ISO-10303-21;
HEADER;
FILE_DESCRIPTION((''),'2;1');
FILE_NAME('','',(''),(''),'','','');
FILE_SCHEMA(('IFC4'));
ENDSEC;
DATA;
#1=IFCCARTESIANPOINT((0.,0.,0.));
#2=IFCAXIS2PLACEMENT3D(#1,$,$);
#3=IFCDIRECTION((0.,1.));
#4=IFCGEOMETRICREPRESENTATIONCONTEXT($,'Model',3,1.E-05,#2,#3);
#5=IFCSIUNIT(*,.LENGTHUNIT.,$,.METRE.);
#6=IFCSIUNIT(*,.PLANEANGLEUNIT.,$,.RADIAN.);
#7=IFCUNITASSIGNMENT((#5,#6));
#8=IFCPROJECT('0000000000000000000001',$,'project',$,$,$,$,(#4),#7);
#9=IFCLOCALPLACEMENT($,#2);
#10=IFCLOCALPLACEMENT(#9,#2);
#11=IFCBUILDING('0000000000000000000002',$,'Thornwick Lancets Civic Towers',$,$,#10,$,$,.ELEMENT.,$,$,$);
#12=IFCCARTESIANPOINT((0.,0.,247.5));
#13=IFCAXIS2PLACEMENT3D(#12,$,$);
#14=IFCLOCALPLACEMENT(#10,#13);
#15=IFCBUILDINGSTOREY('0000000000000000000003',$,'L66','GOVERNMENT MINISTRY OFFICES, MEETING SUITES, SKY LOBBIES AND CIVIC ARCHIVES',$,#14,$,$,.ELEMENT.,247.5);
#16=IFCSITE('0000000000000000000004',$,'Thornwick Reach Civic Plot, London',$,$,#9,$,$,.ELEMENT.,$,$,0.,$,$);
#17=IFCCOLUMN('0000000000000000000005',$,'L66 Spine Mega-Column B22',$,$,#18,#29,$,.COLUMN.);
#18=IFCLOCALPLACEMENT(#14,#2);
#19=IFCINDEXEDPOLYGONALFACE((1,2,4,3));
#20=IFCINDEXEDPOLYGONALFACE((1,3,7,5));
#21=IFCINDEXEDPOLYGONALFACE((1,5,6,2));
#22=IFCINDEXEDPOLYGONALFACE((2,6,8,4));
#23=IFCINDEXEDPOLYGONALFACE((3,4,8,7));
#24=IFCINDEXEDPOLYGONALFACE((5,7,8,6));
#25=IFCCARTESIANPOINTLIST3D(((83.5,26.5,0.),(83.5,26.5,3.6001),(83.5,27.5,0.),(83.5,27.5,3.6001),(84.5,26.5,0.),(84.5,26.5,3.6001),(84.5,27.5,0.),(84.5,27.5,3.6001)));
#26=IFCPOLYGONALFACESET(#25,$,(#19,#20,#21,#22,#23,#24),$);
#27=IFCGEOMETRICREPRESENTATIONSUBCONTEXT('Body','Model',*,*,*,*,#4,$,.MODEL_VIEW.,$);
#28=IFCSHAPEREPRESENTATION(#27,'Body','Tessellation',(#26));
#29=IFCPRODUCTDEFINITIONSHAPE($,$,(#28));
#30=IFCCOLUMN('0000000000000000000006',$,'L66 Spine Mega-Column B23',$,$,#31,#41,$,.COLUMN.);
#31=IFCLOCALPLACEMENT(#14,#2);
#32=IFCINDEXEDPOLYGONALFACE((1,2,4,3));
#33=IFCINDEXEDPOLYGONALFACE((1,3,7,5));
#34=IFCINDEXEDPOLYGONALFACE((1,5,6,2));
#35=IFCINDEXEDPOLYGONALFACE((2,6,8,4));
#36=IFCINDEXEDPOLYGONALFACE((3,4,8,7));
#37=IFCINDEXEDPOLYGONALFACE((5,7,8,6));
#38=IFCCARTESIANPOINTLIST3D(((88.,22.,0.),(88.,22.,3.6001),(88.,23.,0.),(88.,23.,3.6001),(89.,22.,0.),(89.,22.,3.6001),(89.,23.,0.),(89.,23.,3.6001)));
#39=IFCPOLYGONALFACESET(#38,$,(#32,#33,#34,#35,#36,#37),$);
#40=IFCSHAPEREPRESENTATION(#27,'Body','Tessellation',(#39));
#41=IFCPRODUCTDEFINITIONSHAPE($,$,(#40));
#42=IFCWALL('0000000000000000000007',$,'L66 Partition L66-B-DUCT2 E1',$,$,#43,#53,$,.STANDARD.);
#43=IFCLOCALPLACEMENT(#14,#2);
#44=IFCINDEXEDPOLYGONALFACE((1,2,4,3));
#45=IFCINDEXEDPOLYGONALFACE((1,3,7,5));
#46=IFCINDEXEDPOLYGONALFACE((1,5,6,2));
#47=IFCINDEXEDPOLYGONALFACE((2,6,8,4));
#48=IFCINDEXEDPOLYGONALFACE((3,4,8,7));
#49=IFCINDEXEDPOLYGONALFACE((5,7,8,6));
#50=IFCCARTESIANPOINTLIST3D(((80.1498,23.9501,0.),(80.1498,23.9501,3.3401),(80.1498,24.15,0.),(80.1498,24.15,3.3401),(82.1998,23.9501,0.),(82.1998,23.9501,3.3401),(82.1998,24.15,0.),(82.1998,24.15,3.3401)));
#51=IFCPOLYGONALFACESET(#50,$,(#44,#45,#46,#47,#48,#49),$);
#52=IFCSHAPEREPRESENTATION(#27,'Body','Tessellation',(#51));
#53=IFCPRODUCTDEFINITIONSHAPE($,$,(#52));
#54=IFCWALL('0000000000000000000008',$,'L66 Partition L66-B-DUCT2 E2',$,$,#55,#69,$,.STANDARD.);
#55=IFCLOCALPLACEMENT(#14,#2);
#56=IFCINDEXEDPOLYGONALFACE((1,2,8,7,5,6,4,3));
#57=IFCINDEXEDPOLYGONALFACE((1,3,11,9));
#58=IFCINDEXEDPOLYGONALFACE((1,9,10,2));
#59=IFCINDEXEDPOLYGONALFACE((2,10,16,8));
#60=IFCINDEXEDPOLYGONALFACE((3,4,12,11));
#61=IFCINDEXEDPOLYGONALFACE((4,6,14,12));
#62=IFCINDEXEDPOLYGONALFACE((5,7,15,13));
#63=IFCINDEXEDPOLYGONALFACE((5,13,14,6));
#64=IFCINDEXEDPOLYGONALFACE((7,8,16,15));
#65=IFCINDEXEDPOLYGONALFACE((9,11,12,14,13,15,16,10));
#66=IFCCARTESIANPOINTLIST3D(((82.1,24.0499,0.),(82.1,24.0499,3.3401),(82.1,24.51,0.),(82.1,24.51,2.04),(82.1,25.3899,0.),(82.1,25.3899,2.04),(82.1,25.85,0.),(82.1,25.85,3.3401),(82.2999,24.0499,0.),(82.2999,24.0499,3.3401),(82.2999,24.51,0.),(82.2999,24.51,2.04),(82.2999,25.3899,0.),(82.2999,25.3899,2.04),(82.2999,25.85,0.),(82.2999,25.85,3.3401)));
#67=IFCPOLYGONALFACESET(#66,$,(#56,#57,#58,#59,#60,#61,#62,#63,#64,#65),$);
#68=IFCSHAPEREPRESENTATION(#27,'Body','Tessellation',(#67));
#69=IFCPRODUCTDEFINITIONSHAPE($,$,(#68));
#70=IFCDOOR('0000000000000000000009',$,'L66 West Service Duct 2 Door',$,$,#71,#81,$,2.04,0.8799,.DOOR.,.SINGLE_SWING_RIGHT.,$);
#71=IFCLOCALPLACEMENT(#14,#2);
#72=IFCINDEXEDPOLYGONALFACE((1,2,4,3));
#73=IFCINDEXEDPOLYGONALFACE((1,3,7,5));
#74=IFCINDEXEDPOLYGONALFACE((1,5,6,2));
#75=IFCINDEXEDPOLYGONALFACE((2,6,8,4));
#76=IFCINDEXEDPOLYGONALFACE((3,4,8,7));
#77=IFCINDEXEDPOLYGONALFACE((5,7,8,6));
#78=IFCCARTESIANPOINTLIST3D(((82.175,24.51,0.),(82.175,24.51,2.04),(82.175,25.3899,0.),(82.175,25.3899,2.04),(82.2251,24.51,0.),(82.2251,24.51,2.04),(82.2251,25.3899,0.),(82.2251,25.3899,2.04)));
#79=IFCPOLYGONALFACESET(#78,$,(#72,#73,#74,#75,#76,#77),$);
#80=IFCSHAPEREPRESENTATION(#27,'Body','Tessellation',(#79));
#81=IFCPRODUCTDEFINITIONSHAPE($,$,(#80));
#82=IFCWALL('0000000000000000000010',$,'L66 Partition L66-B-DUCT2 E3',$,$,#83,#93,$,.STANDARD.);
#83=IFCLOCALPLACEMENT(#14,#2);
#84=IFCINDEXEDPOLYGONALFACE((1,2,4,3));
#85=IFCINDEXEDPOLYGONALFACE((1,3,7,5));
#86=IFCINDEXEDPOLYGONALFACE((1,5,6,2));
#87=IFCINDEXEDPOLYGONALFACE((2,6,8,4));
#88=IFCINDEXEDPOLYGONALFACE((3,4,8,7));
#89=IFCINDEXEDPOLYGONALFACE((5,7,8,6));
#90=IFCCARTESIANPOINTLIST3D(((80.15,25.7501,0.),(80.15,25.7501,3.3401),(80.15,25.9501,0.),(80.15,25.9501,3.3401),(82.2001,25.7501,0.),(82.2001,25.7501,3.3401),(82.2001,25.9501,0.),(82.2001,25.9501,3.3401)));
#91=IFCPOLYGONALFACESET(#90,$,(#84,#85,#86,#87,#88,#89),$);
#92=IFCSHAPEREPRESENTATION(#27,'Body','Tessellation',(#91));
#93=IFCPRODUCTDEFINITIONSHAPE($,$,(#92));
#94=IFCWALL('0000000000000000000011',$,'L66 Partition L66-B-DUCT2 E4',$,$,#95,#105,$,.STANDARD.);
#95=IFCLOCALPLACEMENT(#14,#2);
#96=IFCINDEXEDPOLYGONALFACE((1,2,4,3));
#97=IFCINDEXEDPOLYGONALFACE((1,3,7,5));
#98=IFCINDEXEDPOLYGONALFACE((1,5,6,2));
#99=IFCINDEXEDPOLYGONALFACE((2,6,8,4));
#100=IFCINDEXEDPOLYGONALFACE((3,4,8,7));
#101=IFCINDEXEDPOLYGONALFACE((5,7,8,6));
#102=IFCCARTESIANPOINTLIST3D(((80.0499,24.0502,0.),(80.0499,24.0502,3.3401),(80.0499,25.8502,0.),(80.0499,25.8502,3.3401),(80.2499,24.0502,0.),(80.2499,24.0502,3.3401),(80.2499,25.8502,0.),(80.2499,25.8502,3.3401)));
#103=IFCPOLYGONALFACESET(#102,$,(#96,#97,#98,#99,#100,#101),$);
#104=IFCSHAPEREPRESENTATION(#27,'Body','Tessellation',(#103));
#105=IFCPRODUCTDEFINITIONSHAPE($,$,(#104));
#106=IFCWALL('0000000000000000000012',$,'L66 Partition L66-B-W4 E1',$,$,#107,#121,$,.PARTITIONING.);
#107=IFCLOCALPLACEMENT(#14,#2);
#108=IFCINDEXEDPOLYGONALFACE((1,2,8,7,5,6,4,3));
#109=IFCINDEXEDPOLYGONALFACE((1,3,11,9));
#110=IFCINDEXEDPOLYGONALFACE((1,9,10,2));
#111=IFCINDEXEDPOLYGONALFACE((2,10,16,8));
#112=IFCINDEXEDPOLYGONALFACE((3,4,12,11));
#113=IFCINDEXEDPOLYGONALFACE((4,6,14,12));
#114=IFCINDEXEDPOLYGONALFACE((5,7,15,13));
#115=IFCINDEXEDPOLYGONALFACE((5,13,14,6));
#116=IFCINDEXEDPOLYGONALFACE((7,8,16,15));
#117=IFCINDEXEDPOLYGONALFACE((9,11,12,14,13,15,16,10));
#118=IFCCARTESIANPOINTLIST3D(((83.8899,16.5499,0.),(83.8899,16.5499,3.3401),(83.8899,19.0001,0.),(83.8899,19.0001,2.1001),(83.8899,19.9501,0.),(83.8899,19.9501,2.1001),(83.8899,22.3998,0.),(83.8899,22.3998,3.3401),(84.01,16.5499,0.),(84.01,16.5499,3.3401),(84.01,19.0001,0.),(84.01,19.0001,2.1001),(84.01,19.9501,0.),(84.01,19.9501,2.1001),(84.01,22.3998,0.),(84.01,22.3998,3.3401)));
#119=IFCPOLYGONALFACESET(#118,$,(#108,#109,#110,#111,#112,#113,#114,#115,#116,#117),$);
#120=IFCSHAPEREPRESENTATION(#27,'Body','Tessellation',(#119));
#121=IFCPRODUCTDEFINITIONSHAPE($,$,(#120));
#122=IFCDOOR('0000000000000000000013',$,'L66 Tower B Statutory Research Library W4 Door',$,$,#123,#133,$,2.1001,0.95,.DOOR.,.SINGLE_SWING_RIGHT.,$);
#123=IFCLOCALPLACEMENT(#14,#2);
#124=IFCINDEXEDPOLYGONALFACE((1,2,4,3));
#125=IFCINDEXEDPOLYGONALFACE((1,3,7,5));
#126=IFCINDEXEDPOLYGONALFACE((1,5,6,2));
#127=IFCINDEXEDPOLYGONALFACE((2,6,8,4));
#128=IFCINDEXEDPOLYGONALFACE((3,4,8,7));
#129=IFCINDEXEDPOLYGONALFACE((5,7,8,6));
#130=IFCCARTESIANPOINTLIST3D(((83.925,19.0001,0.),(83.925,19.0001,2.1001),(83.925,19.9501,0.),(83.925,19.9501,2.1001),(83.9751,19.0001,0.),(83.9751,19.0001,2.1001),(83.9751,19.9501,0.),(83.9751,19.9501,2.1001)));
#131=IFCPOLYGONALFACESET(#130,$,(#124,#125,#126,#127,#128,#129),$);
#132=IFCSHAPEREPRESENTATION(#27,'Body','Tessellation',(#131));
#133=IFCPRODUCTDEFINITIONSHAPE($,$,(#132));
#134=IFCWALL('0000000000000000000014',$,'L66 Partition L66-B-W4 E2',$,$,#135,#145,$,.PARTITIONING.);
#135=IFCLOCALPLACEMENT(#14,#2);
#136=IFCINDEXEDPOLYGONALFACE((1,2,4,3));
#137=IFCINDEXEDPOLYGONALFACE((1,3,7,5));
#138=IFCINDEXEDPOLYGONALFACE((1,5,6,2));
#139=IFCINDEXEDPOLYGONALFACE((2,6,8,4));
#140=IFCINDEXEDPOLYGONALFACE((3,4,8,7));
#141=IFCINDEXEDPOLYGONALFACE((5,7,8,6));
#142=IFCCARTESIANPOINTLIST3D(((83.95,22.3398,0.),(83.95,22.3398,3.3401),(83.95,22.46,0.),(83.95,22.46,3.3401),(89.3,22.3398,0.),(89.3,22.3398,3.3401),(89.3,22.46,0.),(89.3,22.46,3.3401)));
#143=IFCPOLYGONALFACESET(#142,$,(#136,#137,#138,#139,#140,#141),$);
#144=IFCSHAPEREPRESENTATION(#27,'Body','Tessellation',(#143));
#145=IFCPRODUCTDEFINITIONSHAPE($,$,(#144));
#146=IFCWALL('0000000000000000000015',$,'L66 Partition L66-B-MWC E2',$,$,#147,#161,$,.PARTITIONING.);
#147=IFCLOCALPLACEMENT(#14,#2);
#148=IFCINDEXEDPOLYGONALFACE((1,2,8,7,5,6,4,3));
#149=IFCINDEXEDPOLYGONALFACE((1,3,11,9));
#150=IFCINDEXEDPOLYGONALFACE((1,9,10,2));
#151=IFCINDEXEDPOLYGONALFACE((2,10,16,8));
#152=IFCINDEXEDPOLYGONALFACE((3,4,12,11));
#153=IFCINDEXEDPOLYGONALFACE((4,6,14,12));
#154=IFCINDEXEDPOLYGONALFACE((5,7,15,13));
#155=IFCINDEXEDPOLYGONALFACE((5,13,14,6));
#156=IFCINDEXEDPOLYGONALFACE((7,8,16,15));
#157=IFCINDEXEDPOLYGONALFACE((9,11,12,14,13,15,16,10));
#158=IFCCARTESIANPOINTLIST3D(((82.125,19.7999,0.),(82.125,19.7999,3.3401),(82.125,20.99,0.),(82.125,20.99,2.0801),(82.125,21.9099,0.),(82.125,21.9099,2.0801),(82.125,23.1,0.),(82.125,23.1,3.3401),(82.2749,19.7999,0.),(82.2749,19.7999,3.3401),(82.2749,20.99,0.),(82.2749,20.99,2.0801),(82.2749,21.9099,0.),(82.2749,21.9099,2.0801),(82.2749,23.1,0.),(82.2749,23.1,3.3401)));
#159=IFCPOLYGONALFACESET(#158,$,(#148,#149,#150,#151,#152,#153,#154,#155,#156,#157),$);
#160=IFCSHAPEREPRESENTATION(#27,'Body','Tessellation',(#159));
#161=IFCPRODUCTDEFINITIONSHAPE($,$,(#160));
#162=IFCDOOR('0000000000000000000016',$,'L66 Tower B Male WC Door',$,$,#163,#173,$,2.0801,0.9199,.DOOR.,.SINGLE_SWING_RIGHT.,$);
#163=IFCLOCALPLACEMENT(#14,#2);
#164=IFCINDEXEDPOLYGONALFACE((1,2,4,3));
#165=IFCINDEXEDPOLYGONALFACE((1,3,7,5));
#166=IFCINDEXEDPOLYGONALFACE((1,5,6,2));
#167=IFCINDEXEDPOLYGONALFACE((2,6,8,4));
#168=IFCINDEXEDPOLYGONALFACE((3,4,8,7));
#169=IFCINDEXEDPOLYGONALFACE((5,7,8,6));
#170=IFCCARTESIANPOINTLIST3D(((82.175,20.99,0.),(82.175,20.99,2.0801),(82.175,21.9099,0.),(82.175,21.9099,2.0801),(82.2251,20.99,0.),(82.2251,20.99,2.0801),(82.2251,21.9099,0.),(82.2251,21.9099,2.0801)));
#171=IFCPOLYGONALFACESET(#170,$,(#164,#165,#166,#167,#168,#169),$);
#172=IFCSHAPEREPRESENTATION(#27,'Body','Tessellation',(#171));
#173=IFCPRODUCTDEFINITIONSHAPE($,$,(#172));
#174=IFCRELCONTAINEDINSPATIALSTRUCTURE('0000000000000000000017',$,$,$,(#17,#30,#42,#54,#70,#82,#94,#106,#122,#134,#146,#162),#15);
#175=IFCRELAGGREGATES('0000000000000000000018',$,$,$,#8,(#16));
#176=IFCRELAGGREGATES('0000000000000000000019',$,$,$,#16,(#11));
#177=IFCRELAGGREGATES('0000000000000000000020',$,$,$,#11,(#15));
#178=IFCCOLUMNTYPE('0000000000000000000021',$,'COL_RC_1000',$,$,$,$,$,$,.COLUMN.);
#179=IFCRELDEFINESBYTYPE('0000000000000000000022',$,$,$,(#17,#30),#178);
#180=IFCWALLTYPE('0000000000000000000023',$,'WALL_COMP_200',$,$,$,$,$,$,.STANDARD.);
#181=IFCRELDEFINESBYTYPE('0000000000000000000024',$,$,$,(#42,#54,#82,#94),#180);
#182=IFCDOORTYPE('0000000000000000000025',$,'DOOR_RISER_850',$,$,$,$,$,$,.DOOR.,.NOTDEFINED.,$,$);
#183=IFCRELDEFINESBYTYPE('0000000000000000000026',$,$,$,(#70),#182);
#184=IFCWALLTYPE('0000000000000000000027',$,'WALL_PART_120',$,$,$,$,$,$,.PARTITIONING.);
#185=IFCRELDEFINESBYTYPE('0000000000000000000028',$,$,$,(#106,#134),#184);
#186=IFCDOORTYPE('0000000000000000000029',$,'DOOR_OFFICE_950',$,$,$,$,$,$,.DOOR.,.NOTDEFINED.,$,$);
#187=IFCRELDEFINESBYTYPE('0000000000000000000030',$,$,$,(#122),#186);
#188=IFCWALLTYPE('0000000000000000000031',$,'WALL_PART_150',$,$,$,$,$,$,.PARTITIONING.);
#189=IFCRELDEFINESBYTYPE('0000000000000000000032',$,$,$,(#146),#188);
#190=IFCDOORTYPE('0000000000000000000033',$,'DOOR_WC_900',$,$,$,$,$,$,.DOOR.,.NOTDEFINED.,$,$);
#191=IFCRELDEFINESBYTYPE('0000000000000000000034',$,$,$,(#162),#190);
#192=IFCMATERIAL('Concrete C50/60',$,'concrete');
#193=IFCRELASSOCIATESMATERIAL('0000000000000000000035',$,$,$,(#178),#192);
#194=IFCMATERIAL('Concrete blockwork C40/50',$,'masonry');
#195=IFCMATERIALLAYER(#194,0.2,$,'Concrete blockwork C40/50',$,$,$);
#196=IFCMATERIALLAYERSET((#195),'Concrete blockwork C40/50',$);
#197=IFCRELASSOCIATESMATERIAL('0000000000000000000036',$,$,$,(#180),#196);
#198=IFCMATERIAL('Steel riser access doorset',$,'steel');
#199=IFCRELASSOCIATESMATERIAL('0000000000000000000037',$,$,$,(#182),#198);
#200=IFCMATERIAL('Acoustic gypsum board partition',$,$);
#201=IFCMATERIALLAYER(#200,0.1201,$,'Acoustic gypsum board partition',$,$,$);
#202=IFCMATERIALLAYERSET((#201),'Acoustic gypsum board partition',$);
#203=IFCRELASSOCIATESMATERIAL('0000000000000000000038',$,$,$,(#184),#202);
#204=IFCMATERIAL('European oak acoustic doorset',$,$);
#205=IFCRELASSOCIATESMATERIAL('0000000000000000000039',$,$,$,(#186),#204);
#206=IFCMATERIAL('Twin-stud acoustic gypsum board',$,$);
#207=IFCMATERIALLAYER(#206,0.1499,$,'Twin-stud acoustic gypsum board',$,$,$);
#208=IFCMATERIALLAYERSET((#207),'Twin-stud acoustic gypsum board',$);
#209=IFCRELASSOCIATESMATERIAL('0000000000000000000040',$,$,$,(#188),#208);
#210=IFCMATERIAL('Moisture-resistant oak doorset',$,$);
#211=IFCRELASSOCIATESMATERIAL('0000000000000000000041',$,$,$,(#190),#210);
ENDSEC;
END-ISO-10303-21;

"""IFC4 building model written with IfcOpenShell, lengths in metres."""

from ifc_helpers import new_model, si_unit, direction, frame, frame_2d, origin, origin_2d, place, context, subcontext, project, spatial, rectangle, extrude, material, layer, layer_set, material_profile, profile_set, type_object, element, fill, save


model = new_model("IFC4")

# Units and contexts
model_context = context("Model", 3, precision=1e-05, world=origin(), true_north=direction((0.0, 1.0)))
body_context = subcontext(model_context, "Body", "Model", "MODEL_VIEW")
ifc_project = project(units=[si_unit("LENGTHUNIT", "METRE"), si_unit("PLANEANGLEUNIT", "RADIAN")], contexts=[model_context])

# Site, building, storey
site_placement = place(None, origin())
site = spatial("IfcSite", under=ifc_project, at=site_placement, Name="Thornwick Reach Civic Plot, London", CompositionType="ELEMENT", RefElevation=0.0)
building_placement = place(site_placement, origin())
building = spatial("IfcBuilding", under=site, at=building_placement, Name="Thornwick Lancets Civic Towers", CompositionType="ELEMENT")
storey_placement = place(building_placement, frame((0.0, 0.0, 247.5)))
storey = spatial("IfcBuildingStorey", under=building, at=storey_placement, Name="L66", Description="GOVERNMENT MINISTRY OFFICES, MEETING SUITES, SKY LOBBIES AND CIVIC ARCHIVES", CompositionType="ELEMENT", Elevation=247.5)

# Columns
ifc_material_1 = material(Name="Concrete C50/60", Category="concrete")
ifc_material_profile = material_profile(ifc_material_1, rectangle(XDim=1.0, YDim=1.0, at=origin_2d()), Name="RC 1000x1000")
ifc_profile_set = profile_set([ifc_material_profile], Name="Concrete C50/60")
column_type = type_object("IfcColumnType", Name="COL_RC_1000", PredefinedType="COLUMN", material=ifc_profile_set)
for number, where, z_axis, x_axis, name in (
    (1, (84.0, 27.0, 0.0), (0.0, 0.0, 1.0), (1.0, 0.0, 0.0), "L66 Spine Mega-Column B22"),
    (2, (88.5, 22.5, 0.0), (0.0, 0.0, 1.0), (1.0, 0.0, 0.0), "L66 Spine Mega-Column B23"),
):
    element("IfcColumn", number, at=place(storey_placement, frame(where, z_axis=z_axis, x_axis=x_axis)), inside=storey, type_object=column_type, Name=name, PredefinedType="COLUMN", context=body_context, shape_type="SweptSolid", body=[
        extrude(rectangle(XDim=1.0, YDim=1.0, at=origin_2d()), origin(), (0.0, 0.0, 1.0), 3.6001),
    ])

# Wall
ifc_material_2 = material(Name="Concrete blockwork C40/50", Category="masonry")
ifc_layer_1 = layer(ifc_material_2, 0.2, Name="Concrete blockwork C40/50")
ifc_layer_set_1 = layer_set([ifc_layer_1], Name="Concrete blockwork C40/50")
wall_type_1 = type_object("IfcWallType", Name="WALL_COMP_200", PredefinedType="STANDARD", material=ifc_layer_set_1)
wall_1_placement = place(storey_placement, frame((80.1499, 24.05, 0.0), z_axis=(0.0, 0.0, 1.0), x_axis=(1.0, 0.0, 0.0)))
element("IfcWall", 3, at=wall_1_placement, inside=storey, type_object=wall_type_1, Name="L66 Partition L66-B-DUCT2 E1", PredefinedType="STANDARD", context=body_context, shape_type="SweptSolid", body=[
    extrude(rectangle(XDim=2.05, YDim=0.2, at=frame_2d((1.0249, 0.0))), origin(), (0.0, 0.0, 1.0), 3.3401),
])

# Wall, opening, door
wall_2_placement = place(storey_placement, frame((82.2, 24.05, 0.0), z_axis=(0.0, 0.0, 1.0), x_axis=(0.0, 1.0, 0.0)))
wall_2 = element("IfcWall", 4, at=wall_2_placement, inside=storey, type_object=wall_type_1, Name="L66 Partition L66-B-DUCT2 E2", PredefinedType="STANDARD", context=body_context, shape_type="SweptSolid", body=[
    extrude(rectangle(XDim=1.8, YDim=0.2, at=frame_2d((0.8999, 0.0))), origin(), (0.0, 0.0, 1.0), 3.3401),
])
opening_1_placement = place(wall_2_placement, frame((0.46, 0.0, 0.0)))
opening_1 = element("IfcOpeningElement", 5, at=opening_1_placement, cuts=wall_2, PredefinedType="OPENING", context=body_context, shape_type="SweptSolid", body=[
    extrude(rectangle(XDim=0.8799, YDim=2.04, at=frame_2d((0.4399, 1.02))), frame((0.0, 0.1099, 0.0), z_axis=(0.0, -1.0, 0.0), x_axis=(1.0, 0.0, 0.0)), (0.0, 0.0, 1.0), 0.22),
])
ifc_material_3 = material(Name="Steel riser access doorset", Category="steel")
door_type_1 = type_object("IfcDoorType", Name="DOOR_RISER_850", OperationType="NOTDEFINED", PredefinedType="DOOR", material=ifc_material_3)
door_1_placement = place(opening_1_placement, origin())
door_1 = element("IfcDoor", 6, at=door_1_placement, inside=storey, type_object=door_type_1, Name="L66 West Service Duct 2 Door", OperationType="SINGLE_SWING_RIGHT", OverallHeight=2.04, OverallWidth=0.8799, PredefinedType="DOOR", context=body_context, shape_type="SweptSolid", body=[
    extrude(rectangle(XDim=0.8799, YDim=2.04, at=frame_2d((0.4399, 1.02))), frame((0.0, 0.0249, 0.0), z_axis=(0.0, -1.0, 0.0), x_axis=(1.0, 0.0, 0.0)), (0.0, 0.0, 1.0), 0.05),
])
fill(opening_1, door_1)

# Walls
wall_3_placement = place(storey_placement, frame((82.2, 25.8501, 0.0), z_axis=(0.0, 0.0, 1.0), x_axis=(-1.0, 0.0, 0.0)))
element("IfcWall", 7, at=wall_3_placement, inside=storey, type_object=wall_type_1, Name="L66 Partition L66-B-DUCT2 E3", PredefinedType="STANDARD", context=body_context, shape_type="SweptSolid", body=[
    extrude(rectangle(XDim=2.05, YDim=0.2, at=frame_2d((1.0249, 0.0))), origin(), (0.0, 0.0, 1.0), 3.3401),
])
wall_4_placement = place(storey_placement, frame((80.1499, 25.8501, 0.0), z_axis=(0.0, 0.0, 1.0), x_axis=(0.0, -1.0, 0.0)))
element("IfcWall", 8, at=wall_4_placement, inside=storey, type_object=wall_type_1, Name="L66 Partition L66-B-DUCT2 E4", PredefinedType="STANDARD", context=body_context, shape_type="SweptSolid", body=[
    extrude(rectangle(XDim=1.8, YDim=0.2, at=frame_2d((0.8999, 0.0))), origin(), (0.0, 0.0, 1.0), 3.3401),
])

# Wall, opening, door
ifc_material_4 = material(Name="Acoustic gypsum board partition")
ifc_layer_2 = layer(ifc_material_4, 0.1201, Name="Acoustic gypsum board partition")
ifc_layer_set_2 = layer_set([ifc_layer_2], Name="Acoustic gypsum board partition")
wall_type_2 = type_object("IfcWallType", Name="WALL_PART_120", PredefinedType="PARTITIONING", material=ifc_layer_set_2)
wall_5_placement = place(storey_placement, frame((83.95, 16.55, 0.0), z_axis=(0.0, 0.0, 1.0), x_axis=(0.0, 1.0, 0.0)))
wall_5 = element("IfcWall", 9, at=wall_5_placement, inside=storey, type_object=wall_type_2, Name="L66 Partition L66-B-W4 E1", PredefinedType="PARTITIONING", context=body_context, shape_type="SweptSolid", body=[
    extrude(rectangle(XDim=5.8499, YDim=0.1201, at=frame_2d((2.9248, 0.0))), origin(), (0.0, 0.0, 1.0), 3.3401),
])
opening_2_placement = place(wall_5_placement, frame((2.45, 0.0, 0.0)))
opening_2 = element("IfcOpeningElement", 10, at=opening_2_placement, cuts=wall_5, PredefinedType="OPENING", context=body_context, shape_type="SweptSolid", body=[
    extrude(rectangle(XDim=0.95, YDim=2.1001, at=frame_2d((0.4751, 1.05))), frame((0.0, 0.0701, 0.0), z_axis=(0.0, -1.0, 0.0), x_axis=(1.0, 0.0, 0.0)), (0.0, 0.0, 1.0), 0.1401),
])
ifc_material_5 = material(Name="European oak acoustic doorset")
door_type_2 = type_object("IfcDoorType", Name="DOOR_OFFICE_950", OperationType="NOTDEFINED", PredefinedType="DOOR", material=ifc_material_5)
door_2_placement = place(opening_2_placement, origin())
door_2 = element("IfcDoor", 11, at=door_2_placement, inside=storey, type_object=door_type_2, Name="L66 Tower B Statutory Research Library W4 Door", OperationType="SINGLE_SWING_RIGHT", OverallHeight=2.1001, OverallWidth=0.95, PredefinedType="DOOR", context=body_context, shape_type="SweptSolid", body=[
    extrude(rectangle(XDim=0.95, YDim=2.1001, at=frame_2d((0.4751, 1.05))), frame((0.0, 0.0249, 0.0), z_axis=(0.0, -1.0, 0.0), x_axis=(1.0, 0.0, 0.0)), (0.0, 0.0, 1.0), 0.05),
])
fill(opening_2, door_2)

# Wall
wall_6_placement = place(storey_placement, frame((83.95, 22.3999, 0.0), z_axis=(0.0, 0.0, 1.0), x_axis=(1.0, 0.0, 0.0)))
element("IfcWall", 12, at=wall_6_placement, inside=storey, type_object=wall_type_2, Name="L66 Partition L66-B-W4 E2", PredefinedType="PARTITIONING", context=body_context, shape_type="SweptSolid", body=[
    extrude(rectangle(XDim=5.3501, YDim=0.1201, at=frame_2d((2.675, 0.0))), origin(), (0.0, 0.0, 1.0), 3.3401),
])

# Wall, opening, door
ifc_material_6 = material(Name="Twin-stud acoustic gypsum board")
ifc_layer_3 = layer(ifc_material_6, 0.1499, Name="Twin-stud acoustic gypsum board")
ifc_layer_set_3 = layer_set([ifc_layer_3], Name="Twin-stud acoustic gypsum board")
wall_type_3 = type_object("IfcWallType", Name="WALL_PART_150", PredefinedType="PARTITIONING", material=ifc_layer_set_3)
wall_7_placement = place(storey_placement, frame((82.2, 19.8, 0.0), z_axis=(0.0, 0.0, 1.0), x_axis=(0.0, 1.0, 0.0)))
wall_7 = element("IfcWall", 13, at=wall_7_placement, inside=storey, type_object=wall_type_3, Name="L66 Partition L66-B-MWC E2", PredefinedType="PARTITIONING", context=body_context, shape_type="SweptSolid", body=[
    extrude(rectangle(XDim=3.3, YDim=0.1499, at=frame_2d((1.6499, 0.0))), origin(), (0.0, 0.0, 1.0), 3.3401),
])
opening_3_placement = place(wall_7_placement, frame((1.1899, 0.0, 0.0)))
opening_3 = element("IfcOpeningElement", 14, at=opening_3_placement, cuts=wall_7, PredefinedType="OPENING", context=body_context, shape_type="SweptSolid", body=[
    extrude(rectangle(XDim=0.9199, YDim=2.0801, at=frame_2d((0.46, 1.04))), frame((0.0, 0.085, 0.0), z_axis=(0.0, -1.0, 0.0), x_axis=(1.0, 0.0, 0.0)), (0.0, 0.0, 1.0), 0.1699),
])
ifc_material_7 = material(Name="Moisture-resistant oak doorset")
door_type_3 = type_object("IfcDoorType", Name="DOOR_WC_900", OperationType="NOTDEFINED", PredefinedType="DOOR", material=ifc_material_7)
door_3_placement = place(opening_3_placement, origin())
door_3 = element("IfcDoor", 15, at=door_3_placement, inside=storey, type_object=door_type_3, Name="L66 Tower B Male WC Door", OperationType="SINGLE_SWING_RIGHT", OverallHeight=2.0801, OverallWidth=0.9199, PredefinedType="DOOR", context=body_context, shape_type="SweptSolid", body=[
    extrude(rectangle(XDim=0.9199, YDim=2.0801, at=frame_2d((0.46, 1.04))), frame((0.0, 0.0249, 0.0), z_axis=(0.0, -1.0, 0.0), x_axis=(1.0, 0.0, 0.0)), (0.0, 0.0, 1.0), 0.05),
])
fill(opening_3, door_3)

save(model, "model.ifc")
